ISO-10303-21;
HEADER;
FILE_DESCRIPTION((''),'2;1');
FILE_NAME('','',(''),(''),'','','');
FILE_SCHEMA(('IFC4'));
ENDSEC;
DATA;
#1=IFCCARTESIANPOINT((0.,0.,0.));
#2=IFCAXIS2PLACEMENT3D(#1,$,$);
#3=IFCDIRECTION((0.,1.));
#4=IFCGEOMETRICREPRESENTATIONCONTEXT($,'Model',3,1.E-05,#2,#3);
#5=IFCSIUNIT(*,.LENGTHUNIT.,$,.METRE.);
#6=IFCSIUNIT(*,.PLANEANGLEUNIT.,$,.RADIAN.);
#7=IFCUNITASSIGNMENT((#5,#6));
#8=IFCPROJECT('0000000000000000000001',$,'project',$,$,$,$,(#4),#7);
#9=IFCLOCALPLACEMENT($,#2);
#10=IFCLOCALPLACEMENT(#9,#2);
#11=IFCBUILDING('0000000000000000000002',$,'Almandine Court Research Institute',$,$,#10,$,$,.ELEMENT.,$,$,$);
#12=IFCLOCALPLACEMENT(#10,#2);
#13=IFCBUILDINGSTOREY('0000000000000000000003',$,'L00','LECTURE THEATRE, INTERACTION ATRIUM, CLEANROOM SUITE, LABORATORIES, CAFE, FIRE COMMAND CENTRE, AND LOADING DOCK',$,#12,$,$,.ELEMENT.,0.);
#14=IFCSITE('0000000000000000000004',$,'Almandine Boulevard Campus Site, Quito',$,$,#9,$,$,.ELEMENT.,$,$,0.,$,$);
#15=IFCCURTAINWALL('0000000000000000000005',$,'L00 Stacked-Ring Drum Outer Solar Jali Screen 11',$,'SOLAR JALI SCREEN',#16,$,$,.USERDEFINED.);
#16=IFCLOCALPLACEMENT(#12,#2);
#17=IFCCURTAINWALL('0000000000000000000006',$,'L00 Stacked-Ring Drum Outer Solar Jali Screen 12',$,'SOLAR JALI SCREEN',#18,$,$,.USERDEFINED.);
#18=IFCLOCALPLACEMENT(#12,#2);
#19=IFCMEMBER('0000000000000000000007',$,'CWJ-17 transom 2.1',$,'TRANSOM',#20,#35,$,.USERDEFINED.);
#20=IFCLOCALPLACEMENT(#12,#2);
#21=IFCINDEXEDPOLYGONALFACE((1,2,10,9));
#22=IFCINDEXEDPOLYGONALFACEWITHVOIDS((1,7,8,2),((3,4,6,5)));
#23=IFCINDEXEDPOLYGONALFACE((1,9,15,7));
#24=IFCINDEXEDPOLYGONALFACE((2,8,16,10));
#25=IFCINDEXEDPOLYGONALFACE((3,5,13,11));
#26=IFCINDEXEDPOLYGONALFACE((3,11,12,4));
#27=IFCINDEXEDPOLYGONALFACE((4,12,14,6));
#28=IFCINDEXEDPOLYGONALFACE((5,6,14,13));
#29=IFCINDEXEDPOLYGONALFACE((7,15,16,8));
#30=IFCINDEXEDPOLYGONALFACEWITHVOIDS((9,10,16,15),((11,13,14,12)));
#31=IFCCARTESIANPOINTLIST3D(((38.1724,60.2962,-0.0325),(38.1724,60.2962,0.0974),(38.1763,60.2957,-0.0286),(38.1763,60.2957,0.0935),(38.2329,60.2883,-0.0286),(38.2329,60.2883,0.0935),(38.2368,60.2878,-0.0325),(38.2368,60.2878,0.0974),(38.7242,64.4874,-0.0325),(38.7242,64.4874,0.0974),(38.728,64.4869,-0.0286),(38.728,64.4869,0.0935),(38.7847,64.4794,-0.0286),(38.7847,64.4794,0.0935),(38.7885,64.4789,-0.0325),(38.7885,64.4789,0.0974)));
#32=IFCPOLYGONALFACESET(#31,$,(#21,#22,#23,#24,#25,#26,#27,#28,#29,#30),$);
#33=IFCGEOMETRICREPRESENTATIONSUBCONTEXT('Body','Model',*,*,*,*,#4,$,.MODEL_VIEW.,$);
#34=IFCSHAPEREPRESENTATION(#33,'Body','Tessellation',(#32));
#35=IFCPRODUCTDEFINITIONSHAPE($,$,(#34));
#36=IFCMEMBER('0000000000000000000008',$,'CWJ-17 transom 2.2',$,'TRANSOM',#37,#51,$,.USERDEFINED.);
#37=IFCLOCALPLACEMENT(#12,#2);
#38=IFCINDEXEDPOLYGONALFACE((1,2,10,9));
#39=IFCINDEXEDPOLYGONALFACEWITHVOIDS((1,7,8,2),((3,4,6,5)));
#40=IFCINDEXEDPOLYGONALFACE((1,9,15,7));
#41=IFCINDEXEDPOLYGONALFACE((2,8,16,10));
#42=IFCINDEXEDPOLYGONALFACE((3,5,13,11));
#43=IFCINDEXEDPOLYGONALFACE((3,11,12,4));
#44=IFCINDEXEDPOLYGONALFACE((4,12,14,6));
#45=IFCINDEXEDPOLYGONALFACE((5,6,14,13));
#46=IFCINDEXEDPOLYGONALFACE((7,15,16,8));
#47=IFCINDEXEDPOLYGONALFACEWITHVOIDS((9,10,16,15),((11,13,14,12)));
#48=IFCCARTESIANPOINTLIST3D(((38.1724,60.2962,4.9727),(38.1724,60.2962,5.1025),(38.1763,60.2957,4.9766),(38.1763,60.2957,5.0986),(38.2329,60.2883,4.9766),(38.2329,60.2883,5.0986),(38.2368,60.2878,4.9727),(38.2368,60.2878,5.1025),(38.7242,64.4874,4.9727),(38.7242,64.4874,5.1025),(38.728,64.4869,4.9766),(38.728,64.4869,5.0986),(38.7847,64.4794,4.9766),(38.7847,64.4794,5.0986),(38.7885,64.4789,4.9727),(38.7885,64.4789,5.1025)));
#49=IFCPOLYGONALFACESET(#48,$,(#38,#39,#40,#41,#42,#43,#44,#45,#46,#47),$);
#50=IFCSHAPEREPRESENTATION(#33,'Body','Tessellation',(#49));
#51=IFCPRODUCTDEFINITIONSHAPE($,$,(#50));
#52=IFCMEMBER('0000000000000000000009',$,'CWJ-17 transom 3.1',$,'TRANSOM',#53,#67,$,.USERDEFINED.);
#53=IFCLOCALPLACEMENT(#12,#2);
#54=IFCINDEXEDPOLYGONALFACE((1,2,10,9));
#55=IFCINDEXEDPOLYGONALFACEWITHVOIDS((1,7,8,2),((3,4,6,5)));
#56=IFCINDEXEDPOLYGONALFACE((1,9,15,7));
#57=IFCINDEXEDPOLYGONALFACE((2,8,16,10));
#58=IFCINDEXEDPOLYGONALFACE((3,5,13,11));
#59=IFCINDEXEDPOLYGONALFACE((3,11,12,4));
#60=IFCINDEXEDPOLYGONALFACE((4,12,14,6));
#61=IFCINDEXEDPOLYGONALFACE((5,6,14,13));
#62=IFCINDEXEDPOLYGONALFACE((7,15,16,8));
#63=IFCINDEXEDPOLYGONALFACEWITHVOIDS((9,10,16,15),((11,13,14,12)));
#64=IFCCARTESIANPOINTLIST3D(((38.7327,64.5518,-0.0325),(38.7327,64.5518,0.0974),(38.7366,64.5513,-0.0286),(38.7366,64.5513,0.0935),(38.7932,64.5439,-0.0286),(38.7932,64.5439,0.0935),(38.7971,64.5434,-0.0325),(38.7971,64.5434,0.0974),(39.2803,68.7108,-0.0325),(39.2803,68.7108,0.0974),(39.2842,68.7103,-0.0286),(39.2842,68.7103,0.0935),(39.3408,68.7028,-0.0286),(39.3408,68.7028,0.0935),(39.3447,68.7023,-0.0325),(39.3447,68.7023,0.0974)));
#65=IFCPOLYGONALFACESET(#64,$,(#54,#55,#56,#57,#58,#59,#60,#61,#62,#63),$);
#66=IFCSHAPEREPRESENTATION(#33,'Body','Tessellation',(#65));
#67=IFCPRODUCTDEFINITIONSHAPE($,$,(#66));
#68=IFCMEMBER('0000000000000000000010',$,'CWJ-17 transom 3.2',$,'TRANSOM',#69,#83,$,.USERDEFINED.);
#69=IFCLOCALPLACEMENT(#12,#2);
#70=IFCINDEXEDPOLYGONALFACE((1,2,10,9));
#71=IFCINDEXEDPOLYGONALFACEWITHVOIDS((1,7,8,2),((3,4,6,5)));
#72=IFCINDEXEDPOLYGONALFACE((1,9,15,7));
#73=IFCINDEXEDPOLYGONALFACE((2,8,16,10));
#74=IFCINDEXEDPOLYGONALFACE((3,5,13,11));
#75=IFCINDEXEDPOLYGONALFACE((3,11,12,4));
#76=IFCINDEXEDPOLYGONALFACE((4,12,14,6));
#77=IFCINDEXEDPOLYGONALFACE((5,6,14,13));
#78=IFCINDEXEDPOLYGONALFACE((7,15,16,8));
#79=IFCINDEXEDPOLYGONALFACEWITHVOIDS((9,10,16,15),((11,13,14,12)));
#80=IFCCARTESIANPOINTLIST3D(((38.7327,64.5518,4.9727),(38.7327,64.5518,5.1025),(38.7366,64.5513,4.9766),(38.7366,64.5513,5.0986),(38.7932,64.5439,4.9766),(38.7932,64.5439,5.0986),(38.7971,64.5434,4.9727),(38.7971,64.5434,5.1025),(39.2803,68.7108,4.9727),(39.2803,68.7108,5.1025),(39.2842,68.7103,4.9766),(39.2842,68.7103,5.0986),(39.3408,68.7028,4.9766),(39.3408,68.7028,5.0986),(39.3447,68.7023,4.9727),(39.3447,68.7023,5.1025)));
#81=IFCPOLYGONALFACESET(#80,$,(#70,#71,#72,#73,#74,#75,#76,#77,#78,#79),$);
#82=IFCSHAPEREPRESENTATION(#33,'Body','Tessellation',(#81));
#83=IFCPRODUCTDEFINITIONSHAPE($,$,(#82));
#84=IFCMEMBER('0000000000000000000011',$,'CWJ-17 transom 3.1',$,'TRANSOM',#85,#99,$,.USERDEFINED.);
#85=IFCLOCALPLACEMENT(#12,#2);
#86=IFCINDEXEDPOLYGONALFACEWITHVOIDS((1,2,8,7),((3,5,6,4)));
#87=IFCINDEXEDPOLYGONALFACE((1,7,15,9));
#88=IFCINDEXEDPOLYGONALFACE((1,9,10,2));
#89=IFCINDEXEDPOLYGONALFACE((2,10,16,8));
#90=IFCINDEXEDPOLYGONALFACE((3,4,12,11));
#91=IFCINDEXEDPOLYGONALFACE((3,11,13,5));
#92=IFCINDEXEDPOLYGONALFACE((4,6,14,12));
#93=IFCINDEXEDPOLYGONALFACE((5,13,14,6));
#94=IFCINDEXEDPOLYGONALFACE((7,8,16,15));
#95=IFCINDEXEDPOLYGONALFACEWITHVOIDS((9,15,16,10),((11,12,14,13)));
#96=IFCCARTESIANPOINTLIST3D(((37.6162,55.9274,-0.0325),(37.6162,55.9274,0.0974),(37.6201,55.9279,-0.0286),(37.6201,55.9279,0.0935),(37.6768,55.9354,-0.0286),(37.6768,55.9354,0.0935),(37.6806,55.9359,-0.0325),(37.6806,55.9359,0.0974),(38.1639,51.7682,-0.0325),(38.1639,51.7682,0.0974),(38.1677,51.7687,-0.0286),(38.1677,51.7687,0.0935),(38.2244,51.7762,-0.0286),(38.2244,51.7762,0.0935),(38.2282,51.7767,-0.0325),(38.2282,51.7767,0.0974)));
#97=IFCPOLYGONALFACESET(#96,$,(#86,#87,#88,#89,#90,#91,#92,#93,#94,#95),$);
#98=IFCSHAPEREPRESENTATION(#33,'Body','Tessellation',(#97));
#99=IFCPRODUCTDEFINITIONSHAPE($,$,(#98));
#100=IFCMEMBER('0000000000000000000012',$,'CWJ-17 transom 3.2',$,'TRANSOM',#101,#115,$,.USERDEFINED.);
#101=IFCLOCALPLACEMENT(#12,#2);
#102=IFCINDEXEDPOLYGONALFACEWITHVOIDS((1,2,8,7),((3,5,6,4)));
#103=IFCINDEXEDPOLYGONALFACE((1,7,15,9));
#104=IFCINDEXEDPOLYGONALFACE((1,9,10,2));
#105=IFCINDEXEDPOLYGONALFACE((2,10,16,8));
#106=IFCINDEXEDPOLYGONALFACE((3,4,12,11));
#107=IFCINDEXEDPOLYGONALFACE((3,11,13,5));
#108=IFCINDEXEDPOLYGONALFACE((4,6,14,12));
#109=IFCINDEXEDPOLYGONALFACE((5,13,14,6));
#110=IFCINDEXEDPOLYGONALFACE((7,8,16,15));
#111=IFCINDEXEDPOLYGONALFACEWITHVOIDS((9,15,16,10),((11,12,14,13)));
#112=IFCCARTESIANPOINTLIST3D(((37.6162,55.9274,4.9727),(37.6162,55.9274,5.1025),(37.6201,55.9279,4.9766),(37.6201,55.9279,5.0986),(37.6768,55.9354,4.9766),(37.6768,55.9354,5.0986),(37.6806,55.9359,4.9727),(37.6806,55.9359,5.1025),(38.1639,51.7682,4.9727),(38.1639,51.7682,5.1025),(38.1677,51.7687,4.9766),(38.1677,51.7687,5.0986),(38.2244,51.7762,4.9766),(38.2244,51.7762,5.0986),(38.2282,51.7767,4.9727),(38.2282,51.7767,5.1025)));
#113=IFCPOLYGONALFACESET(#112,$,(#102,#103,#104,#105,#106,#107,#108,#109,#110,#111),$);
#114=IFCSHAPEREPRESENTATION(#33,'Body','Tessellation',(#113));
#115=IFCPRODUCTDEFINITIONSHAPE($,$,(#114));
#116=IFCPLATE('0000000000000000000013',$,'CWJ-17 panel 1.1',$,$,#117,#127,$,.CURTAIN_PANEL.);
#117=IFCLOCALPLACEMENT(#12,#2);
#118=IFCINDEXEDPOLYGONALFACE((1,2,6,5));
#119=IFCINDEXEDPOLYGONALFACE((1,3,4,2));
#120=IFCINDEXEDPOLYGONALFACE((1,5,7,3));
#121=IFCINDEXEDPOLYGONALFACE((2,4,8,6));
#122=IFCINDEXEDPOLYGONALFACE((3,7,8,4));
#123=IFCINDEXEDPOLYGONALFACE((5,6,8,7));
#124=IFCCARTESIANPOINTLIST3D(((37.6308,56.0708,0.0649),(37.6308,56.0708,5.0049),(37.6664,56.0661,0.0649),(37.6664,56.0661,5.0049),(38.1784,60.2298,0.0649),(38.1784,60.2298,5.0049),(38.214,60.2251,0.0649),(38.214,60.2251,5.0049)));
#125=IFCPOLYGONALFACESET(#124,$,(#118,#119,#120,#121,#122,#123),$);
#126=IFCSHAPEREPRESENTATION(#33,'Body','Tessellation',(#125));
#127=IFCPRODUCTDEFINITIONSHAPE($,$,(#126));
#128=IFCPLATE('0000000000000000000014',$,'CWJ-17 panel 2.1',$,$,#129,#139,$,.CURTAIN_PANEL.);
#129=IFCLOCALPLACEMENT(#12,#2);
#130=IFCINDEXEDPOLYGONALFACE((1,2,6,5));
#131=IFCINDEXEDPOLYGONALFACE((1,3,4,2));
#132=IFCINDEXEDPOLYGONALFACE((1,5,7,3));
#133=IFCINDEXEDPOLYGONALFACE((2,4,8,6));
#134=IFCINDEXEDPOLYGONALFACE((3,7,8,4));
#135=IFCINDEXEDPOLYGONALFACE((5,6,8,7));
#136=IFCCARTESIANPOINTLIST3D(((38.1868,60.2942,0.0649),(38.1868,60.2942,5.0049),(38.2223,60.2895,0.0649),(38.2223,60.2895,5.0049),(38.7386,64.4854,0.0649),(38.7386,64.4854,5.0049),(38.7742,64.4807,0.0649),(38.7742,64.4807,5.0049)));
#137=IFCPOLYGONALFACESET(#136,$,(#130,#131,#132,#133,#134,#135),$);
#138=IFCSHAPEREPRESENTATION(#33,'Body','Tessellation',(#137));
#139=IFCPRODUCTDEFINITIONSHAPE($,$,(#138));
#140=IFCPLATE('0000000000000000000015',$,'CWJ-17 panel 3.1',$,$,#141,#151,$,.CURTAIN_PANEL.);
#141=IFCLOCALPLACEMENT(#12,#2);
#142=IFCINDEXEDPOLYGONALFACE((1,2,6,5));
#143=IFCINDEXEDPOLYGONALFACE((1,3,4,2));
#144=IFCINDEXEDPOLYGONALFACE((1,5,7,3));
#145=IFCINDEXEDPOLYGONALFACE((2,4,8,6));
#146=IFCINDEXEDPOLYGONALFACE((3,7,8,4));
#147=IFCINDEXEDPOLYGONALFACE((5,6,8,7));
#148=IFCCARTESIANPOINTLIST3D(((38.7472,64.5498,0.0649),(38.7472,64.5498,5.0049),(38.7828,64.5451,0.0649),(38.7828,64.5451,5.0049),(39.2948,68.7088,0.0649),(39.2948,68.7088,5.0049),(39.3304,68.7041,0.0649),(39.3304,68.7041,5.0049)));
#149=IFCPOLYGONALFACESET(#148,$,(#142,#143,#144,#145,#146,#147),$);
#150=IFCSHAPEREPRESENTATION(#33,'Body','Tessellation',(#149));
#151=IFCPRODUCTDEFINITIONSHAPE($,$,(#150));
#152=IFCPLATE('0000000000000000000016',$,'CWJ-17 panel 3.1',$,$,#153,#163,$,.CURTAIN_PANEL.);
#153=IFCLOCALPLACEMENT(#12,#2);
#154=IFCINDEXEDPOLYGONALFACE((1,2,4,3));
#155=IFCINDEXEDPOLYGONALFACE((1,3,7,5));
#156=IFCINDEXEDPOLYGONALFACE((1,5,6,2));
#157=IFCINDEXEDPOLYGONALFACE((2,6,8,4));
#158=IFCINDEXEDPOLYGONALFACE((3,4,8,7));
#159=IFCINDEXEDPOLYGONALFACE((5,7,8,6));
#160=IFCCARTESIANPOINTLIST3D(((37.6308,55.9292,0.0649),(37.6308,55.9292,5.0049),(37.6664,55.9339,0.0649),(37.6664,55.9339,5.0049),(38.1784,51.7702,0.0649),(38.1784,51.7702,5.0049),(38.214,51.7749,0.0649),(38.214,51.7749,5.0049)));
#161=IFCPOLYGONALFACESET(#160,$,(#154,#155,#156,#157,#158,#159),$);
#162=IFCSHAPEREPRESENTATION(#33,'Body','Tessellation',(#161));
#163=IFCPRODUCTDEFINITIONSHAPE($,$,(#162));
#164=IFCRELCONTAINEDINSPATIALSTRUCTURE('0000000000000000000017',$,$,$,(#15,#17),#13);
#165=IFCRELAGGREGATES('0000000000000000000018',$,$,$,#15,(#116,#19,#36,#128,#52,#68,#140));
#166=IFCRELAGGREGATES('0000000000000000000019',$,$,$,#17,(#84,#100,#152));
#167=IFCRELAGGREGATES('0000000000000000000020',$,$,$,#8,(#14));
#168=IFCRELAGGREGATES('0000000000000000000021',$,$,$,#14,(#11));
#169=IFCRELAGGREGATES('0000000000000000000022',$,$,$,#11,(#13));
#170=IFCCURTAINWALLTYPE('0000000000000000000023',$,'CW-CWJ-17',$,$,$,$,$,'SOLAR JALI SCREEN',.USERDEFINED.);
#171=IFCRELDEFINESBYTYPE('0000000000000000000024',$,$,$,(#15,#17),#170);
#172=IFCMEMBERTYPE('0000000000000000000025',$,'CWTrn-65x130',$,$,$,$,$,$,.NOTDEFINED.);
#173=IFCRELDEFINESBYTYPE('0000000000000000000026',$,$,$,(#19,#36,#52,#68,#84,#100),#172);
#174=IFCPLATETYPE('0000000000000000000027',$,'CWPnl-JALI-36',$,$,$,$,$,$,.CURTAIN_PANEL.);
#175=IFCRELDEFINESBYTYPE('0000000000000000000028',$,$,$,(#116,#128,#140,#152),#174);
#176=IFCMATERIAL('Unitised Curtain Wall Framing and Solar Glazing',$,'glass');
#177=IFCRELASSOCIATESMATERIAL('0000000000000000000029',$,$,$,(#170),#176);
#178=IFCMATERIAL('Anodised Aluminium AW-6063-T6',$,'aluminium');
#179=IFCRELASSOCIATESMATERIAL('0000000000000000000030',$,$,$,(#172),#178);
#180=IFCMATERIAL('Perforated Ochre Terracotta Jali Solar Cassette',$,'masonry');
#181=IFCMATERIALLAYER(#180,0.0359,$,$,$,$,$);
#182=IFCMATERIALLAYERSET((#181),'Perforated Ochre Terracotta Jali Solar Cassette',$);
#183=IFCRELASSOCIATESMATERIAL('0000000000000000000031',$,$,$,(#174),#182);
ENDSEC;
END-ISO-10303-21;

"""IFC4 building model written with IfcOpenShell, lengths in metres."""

from ifc_helpers import new_model, si_unit, direction, frame, origin, origin_2d, place, context, subcontext, project, spatial, rectangle, hollow_rectangle, extrude, material, layer, layer_set, material_profile, profile_set, type_object, element, aggregate, save


model = new_model("IFC4")

# Units and contexts
model_context = context("Model", 3, precision=1e-05, world=origin(), true_north=direction((0.0, 1.0)))
body_context = subcontext(model_context, "Body", "Model", "MODEL_VIEW")
ifc_project = project(units=[si_unit("LENGTHUNIT", "METRE"), si_unit("PLANEANGLEUNIT", "RADIAN")], contexts=[model_context])

# Site, building, storey
site_placement = place(None, origin())
site = spatial("IfcSite", under=ifc_project, at=site_placement, Name="Almandine Boulevard Campus Site, Quito", CompositionType="ELEMENT", RefElevation=0.0)
building_placement = place(site_placement, origin())
building = spatial("IfcBuilding", under=site, at=building_placement, Name="Almandine Court Research Institute", CompositionType="ELEMENT")
storey_placement = place(building_placement, origin())
storey = spatial("IfcBuildingStorey", under=building, at=storey_placement, Name="L00", Description="LECTURE THEATRE, INTERACTION ATRIUM, CLEANROOM SUITE, LABORATORIES, CAFE, FIRE COMMAND CENTRE, AND LOADING DOCK", CompositionType="ELEMENT", Elevation=0.0)

# Curtain walls
ifc_material_1 = material(Name="Unitised Curtain Wall Framing and Solar Glazing", Category="glass")
curtain_wall_type = type_object("IfcCurtainWallType", Name="CW-CWJ-17", ElementType="SOLAR JALI SCREEN", PredefinedType="USERDEFINED", material=ifc_material_1)
curtain_wall_1_placement = place(storey_placement, origin())
curtain_wall_1 = element("IfcCurtainWall", 1, at=curtain_wall_1_placement, inside=storey, type_object=curtain_wall_type, Name="L00 Stacked-Ring Drum Outer Solar Jali Screen 11", ObjectType="SOLAR JALI SCREEN", PredefinedType="USERDEFINED")
ifc_material_2 = material(Name="Anodised Aluminium AW-6063-T6", Category="aluminium")
curtain_wall_2_placement = place(storey_placement, origin())
curtain_wall_2 = element("IfcCurtainWall", 2, at=curtain_wall_2_placement, inside=storey, type_object=curtain_wall_type, Name="L00 Stacked-Ring Drum Outer Solar Jali Screen 12", ObjectType="SOLAR JALI SCREEN", PredefinedType="USERDEFINED")

# Members
ifc_material_profile_1 = material_profile(ifc_material_2, hollow_rectangle(XDim=0.0649, YDim=0.1299, WallThickness=0.0039, at=origin_2d()), Name="ALU RHS 65x130x4")
ifc_profile_set_1 = profile_set([ifc_material_profile_1], Name="Anodised Aluminium AW-6063-T6")
member_type_1 = type_object("IfcMemberType", Name="CWTrn-65x130", PredefinedType="NOTDEFINED", material=ifc_profile_set_1)
member_1_placement = place(storey_placement, frame((38.2046, 60.292, 0.0325), z_axis=(0.130522, 0.991445, 0.0), x_axis=(-0.991445, 0.130522, 0.0)))
member_1 = element("IfcMember", 3, at=member_1_placement, type_object=member_type_1, Name="CWJ-17 transom 2.1", ObjectType="TRANSOM", PredefinedType="USERDEFINED", context=body_context, shape_type="SweptSolid", body=[
    extrude(hollow_rectangle(XDim=0.0649, YDim=0.1299, WallThickness=0.0039, at=origin_2d()), origin(), (0.0, 0.0, 1.0), 4.2273),
])
member_2_placement = place(storey_placement, frame((38.2046, 60.292, 5.0376), z_axis=(0.130522, 0.991445, 0.0), x_axis=(-0.991445, 0.130522, 0.0)))
member_2 = element("IfcMember", 4, at=member_2_placement, type_object=member_type_1, Name="CWJ-17 transom 2.2", ObjectType="TRANSOM", PredefinedType="USERDEFINED", context=body_context, shape_type="SweptSolid", body=[
    extrude(hollow_rectangle(XDim=0.0649, YDim=0.1299, WallThickness=0.0039, at=origin_2d()), origin(), (0.0, 0.0, 1.0), 4.2273),
])
member_3_placement = place(storey_placement, frame((38.7649, 64.5476, 0.0325), z_axis=(0.130543, 0.991443, 0.0), x_axis=(-0.991443, 0.130543, 0.0)))
member_3 = element("IfcMember", 5, at=member_3_placement, type_object=member_type_1, Name="CWJ-17 transom 3.1", ObjectType="TRANSOM", PredefinedType="USERDEFINED", context=body_context, shape_type="SweptSolid", body=[
    extrude(hollow_rectangle(XDim=0.0649, YDim=0.1299, WallThickness=0.0039, at=origin_2d()), origin(), (0.0, 0.0, 1.0), 4.1948),
])
member_4_placement = place(storey_placement, frame((38.7649, 64.5476, 5.0376), z_axis=(0.130543, 0.991443, 0.0), x_axis=(-0.991443, 0.130543, 0.0)))
member_4 = element("IfcMember", 6, at=member_4_placement, type_object=member_type_1, Name="CWJ-17 transom 3.2", ObjectType="TRANSOM", PredefinedType="USERDEFINED", context=body_context, shape_type="SweptSolid", body=[
    extrude(hollow_rectangle(XDim=0.0649, YDim=0.1299, WallThickness=0.0039, at=origin_2d()), origin(), (0.0, 0.0, 1.0), 4.1948),
])
member_5_placement = place(storey_placement, frame((38.196, 51.7725, 0.0325), z_axis=(-0.130536, 0.991444, 0.0), x_axis=(-0.991444, -0.130536, 0.0)))
member_5 = element("IfcMember", 7, at=member_5_placement, type_object=member_type_1, Name="CWJ-17 transom 3.1", ObjectType="TRANSOM", PredefinedType="USERDEFINED", context=body_context, shape_type="SweptSolid", body=[
    extrude(hollow_rectangle(XDim=0.0649, YDim=0.1299, WallThickness=0.0039, at=origin_2d()), origin(), (0.0, 0.0, 1.0), 4.1951),
])
member_6_placement = place(storey_placement, frame((38.196, 51.7725, 5.0376), z_axis=(-0.130536, 0.991444, 0.0), x_axis=(-0.991444, -0.130536, 0.0)))
member_6 = element("IfcMember", 8, at=member_6_placement, type_object=member_type_1, Name="CWJ-17 transom 3.2", ObjectType="TRANSOM", PredefinedType="USERDEFINED", context=body_context, shape_type="SweptSolid", body=[
    extrude(hollow_rectangle(XDim=0.0649, YDim=0.1299, WallThickness=0.0039, at=origin_2d()), origin(), (0.0, 0.0, 1.0), 4.1951),
])

# Plates
ifc_material_3 = material(Name="Perforated Ochre Terracotta Jali Solar Cassette", Category="masonry")
ifc_layer_1 = layer(ifc_material_3, 0.0359)
ifc_layer_set_1 = layer_set([ifc_layer_1], Name="Perforated Ochre Terracotta Jali Solar Cassette")
plate_type = type_object("IfcPlateType", Name="CWPnl-JALI-36", PredefinedType="CURTAIN_PANEL", material=ifc_layer_set_1)
plate_1_placement = place(storey_placement, frame((37.9224, 58.1479, 0.0649), z_axis=(0.0, 0.0, 1.0), x_axis=(0.130541, 0.991443, 0.0)))
plate_1 = element("IfcPlate", 9, at=plate_1_placement, type_object=plate_type, Name="CWJ-17 panel 1.1", PredefinedType="CURTAIN_PANEL", context=body_context, shape_type="SweptSolid", body=[
    extrude(rectangle(XDim=4.1948, YDim=0.0359, at=origin_2d()), origin(), (0.0, 0.0, 1.0), 4.9399),
])
plate_2_placement = place(storey_placement, frame((38.4805, 62.3875, 0.0649), z_axis=(0.0, 0.0, 1.0), x_axis=(0.130541, 0.991443, 0.0)))
plate_2 = element("IfcPlate", 10, at=plate_2_placement, type_object=plate_type, Name="CWJ-17 panel 2.1", PredefinedType="CURTAIN_PANEL", context=body_context, shape_type="SweptSolid", body=[
    extrude(rectangle(XDim=4.2273, YDim=0.0359, at=origin_2d()), origin(), (0.0, 0.0, 1.0), 4.9399),
])
plate_3_placement = place(storey_placement, frame((39.0388, 66.627, 0.0649), z_axis=(0.0, 0.0, 1.0), x_axis=(0.130541, 0.991443, 0.0)))
plate_3 = element("IfcPlate", 11, at=plate_3_placement, type_object=plate_type, Name="CWJ-17 panel 3.1", PredefinedType="CURTAIN_PANEL", context=body_context, shape_type="SweptSolid", body=[
    extrude(rectangle(XDim=4.1948, YDim=0.0359, at=origin_2d()), origin(), (0.0, 0.0, 1.0), 4.9399),
])
aggregate(curtain_wall_1, [plate_1, member_1, member_2, plate_2, member_3, member_4, plate_3])
plate_4_placement = place(storey_placement, frame((37.9224, 53.8521, 0.0649), z_axis=(0.0, 0.0, 1.0), x_axis=(-0.130541, 0.991443, 0.0)))
plate_4 = element("IfcPlate", 12, at=plate_4_placement, type_object=plate_type, Name="CWJ-17 panel 3.1", PredefinedType="CURTAIN_PANEL", context=body_context, shape_type="SweptSolid", body=[
    extrude(rectangle(XDim=4.1948, YDim=0.0359, at=origin_2d()), origin(), (0.0, 0.0, 1.0), 4.9399),
])
aggregate(curtain_wall_2, [member_5, member_6, plate_4])

save(model, "model.ifc")
